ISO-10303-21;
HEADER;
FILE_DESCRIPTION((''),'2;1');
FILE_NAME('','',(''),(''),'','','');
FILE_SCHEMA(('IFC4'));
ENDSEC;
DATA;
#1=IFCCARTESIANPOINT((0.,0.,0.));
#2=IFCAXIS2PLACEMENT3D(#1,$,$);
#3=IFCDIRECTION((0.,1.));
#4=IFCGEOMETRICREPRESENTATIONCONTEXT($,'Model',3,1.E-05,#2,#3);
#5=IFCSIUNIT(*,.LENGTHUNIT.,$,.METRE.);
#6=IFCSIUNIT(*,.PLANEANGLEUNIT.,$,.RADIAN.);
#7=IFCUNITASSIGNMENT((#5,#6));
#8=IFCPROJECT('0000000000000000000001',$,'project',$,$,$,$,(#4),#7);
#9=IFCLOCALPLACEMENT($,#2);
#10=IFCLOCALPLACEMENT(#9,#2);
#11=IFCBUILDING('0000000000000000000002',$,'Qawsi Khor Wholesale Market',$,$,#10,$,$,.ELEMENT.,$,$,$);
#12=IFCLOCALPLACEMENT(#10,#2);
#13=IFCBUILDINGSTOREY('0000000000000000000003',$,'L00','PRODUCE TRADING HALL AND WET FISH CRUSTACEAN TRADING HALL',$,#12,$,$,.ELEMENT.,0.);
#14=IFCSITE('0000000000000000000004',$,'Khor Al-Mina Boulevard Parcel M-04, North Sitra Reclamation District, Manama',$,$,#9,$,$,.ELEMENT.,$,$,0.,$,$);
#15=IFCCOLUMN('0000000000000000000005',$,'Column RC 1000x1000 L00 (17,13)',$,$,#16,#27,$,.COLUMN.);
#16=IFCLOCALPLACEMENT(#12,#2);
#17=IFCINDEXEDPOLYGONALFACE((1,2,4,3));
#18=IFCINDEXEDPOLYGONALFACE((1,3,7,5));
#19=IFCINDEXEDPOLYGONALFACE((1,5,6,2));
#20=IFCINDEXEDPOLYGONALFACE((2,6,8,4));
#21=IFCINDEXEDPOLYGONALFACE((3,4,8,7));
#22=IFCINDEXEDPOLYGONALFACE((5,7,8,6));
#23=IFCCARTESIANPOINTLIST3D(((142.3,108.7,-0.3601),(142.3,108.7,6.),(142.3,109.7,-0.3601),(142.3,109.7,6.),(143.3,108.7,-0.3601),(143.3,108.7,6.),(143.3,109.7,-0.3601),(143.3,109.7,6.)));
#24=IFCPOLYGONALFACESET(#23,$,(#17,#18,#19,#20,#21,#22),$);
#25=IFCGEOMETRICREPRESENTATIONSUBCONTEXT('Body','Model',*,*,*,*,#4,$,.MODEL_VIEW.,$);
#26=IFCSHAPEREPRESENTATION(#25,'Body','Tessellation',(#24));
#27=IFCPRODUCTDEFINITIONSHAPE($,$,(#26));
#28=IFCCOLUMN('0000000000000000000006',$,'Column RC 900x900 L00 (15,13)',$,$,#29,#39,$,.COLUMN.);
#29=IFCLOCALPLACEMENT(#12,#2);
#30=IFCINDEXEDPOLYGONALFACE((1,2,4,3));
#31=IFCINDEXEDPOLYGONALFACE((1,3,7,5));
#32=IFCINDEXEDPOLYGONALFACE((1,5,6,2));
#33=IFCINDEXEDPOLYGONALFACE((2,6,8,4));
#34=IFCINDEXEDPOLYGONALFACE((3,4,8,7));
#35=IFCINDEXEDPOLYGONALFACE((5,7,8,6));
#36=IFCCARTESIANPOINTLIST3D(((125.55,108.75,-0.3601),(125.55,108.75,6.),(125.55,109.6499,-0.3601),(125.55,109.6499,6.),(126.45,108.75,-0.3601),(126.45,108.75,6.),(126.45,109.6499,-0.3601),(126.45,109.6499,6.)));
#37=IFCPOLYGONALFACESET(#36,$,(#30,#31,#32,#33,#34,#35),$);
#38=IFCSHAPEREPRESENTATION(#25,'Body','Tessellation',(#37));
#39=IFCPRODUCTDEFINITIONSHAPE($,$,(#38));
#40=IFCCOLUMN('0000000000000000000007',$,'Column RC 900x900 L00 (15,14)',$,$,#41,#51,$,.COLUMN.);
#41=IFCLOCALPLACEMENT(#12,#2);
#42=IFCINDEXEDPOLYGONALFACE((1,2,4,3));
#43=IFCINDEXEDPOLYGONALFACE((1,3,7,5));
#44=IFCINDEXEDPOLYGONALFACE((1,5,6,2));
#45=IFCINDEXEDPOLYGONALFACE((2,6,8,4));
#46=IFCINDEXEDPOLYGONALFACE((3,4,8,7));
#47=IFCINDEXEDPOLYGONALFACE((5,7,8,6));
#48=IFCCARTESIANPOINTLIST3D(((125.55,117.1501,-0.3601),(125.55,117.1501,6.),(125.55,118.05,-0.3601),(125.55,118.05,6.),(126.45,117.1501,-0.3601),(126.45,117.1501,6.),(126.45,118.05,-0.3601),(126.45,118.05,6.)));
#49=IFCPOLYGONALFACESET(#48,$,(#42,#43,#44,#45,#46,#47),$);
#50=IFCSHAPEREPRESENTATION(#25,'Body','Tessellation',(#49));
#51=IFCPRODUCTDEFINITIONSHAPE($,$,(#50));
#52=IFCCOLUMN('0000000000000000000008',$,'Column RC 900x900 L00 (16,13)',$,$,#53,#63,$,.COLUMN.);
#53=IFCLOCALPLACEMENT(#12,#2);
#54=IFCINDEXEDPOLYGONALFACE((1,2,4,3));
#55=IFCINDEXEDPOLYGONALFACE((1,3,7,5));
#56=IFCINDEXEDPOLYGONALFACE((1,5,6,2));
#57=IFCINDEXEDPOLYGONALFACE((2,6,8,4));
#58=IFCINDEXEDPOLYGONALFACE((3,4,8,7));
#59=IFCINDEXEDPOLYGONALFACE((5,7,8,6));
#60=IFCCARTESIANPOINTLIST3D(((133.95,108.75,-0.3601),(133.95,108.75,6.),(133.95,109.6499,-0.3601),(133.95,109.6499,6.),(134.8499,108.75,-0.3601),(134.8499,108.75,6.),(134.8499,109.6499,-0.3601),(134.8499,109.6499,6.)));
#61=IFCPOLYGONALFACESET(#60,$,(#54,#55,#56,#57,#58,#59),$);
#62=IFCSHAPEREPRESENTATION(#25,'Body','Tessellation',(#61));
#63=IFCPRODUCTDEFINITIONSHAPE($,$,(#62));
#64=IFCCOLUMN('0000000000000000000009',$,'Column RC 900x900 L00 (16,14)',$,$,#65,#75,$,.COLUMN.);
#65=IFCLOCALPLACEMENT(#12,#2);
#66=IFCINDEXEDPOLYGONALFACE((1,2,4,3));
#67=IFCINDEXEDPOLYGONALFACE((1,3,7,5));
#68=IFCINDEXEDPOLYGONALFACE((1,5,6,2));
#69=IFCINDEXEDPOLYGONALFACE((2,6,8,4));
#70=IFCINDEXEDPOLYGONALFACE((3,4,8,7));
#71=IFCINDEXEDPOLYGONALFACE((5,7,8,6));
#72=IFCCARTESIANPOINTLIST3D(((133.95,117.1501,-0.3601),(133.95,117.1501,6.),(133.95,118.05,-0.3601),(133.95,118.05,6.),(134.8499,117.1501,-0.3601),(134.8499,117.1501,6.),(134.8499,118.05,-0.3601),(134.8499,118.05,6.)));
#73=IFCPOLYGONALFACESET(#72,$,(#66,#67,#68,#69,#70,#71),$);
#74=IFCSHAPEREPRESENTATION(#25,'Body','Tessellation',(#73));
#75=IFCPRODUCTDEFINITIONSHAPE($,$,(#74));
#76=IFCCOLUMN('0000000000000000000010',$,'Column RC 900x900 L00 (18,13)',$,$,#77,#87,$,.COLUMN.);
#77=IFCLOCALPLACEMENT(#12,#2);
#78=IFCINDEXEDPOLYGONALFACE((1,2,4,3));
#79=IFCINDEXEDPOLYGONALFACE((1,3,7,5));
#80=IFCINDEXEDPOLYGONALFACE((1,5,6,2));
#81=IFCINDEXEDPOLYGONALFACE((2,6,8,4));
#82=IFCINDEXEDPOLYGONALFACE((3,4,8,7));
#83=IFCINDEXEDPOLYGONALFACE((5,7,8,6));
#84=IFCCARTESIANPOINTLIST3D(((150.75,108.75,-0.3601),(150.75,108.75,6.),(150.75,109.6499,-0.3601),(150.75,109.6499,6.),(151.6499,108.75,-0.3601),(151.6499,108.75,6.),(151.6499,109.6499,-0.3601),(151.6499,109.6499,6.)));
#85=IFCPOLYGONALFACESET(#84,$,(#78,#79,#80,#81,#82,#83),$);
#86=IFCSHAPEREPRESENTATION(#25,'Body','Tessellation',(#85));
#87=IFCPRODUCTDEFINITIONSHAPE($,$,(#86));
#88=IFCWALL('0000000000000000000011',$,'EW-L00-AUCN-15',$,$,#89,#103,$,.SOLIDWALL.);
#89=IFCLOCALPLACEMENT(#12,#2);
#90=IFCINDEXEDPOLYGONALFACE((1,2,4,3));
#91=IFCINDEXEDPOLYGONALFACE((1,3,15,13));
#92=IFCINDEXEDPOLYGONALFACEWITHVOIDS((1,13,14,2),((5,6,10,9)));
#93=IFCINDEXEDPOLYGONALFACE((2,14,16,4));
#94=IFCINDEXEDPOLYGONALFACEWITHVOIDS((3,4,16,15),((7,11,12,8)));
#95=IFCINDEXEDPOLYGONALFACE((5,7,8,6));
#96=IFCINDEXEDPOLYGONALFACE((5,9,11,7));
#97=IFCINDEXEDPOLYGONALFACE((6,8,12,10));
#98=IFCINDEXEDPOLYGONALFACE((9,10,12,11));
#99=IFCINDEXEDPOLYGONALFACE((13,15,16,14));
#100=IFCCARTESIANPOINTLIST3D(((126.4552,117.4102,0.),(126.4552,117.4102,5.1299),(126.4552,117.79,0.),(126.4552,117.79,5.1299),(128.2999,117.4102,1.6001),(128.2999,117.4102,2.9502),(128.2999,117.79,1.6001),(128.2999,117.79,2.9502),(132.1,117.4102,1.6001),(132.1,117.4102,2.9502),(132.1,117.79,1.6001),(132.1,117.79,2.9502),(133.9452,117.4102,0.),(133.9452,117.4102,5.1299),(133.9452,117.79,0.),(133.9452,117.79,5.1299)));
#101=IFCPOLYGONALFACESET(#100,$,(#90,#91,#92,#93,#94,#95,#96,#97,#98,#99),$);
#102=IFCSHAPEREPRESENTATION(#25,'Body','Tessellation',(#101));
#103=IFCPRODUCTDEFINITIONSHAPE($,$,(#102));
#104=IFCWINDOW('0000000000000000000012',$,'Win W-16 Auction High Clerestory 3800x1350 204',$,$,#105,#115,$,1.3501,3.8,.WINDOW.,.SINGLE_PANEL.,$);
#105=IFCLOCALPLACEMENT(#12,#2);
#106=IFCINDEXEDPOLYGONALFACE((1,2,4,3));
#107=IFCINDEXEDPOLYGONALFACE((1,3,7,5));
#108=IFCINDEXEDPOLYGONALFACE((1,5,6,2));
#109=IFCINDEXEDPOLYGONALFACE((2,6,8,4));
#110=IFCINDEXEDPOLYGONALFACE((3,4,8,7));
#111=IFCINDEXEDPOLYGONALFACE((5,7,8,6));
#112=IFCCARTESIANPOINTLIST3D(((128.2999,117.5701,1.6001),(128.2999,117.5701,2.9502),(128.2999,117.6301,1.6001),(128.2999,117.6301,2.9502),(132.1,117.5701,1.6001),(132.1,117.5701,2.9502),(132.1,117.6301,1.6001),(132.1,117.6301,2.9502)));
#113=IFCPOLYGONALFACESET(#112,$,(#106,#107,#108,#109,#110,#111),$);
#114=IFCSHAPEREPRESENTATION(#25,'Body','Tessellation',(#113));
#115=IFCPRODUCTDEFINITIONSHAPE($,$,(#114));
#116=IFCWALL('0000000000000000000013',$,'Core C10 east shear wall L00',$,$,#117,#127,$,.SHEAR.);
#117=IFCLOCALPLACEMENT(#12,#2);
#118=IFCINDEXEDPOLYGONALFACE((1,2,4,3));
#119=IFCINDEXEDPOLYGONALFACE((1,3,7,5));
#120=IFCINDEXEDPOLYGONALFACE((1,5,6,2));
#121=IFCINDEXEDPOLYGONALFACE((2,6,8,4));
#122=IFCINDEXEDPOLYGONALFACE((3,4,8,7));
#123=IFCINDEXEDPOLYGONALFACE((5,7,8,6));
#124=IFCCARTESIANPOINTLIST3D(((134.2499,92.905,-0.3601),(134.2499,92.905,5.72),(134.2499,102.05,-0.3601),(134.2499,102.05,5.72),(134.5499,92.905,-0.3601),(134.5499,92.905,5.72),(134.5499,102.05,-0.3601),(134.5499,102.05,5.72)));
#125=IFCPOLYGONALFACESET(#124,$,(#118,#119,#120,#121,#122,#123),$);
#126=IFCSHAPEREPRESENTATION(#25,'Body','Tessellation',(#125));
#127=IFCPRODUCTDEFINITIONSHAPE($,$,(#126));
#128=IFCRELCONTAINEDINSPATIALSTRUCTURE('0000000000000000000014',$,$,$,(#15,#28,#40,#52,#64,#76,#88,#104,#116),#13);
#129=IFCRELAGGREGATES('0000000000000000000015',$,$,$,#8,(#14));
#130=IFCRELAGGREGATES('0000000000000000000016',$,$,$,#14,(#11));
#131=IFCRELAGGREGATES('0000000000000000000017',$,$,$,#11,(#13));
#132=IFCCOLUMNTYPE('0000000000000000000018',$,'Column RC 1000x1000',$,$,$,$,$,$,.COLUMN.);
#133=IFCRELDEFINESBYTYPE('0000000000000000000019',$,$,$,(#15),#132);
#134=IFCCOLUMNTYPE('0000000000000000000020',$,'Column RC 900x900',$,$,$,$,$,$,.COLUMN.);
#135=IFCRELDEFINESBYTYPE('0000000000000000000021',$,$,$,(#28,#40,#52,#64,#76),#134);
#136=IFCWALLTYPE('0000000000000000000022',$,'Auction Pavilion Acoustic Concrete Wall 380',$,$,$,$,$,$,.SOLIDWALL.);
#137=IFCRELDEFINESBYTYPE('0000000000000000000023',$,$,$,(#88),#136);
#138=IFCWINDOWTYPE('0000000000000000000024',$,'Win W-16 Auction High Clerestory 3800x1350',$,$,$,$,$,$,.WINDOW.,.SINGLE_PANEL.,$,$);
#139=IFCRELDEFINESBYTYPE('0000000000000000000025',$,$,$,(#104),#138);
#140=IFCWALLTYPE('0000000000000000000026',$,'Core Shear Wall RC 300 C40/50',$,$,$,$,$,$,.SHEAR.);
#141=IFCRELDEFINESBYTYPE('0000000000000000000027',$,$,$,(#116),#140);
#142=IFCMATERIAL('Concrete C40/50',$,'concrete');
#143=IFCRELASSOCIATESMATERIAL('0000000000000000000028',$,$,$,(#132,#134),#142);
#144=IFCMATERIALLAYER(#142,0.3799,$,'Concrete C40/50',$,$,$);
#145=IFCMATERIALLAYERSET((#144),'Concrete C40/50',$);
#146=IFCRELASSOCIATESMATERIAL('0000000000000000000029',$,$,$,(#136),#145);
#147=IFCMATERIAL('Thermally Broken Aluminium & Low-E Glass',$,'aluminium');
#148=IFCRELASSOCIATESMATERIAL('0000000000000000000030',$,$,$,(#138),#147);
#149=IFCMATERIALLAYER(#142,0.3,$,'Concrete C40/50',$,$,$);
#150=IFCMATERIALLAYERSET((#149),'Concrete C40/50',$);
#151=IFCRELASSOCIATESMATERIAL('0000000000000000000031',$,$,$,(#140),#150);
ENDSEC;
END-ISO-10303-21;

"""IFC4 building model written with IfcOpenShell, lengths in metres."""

from ifc_helpers import new_model, si_unit, direction, frame, frame_2d, origin, origin_2d, place, context, subcontext, project, spatial, rectangle, extrude, material, layer, layer_set, material_profile, profile_set, type_object, element, fill, save


model = new_model("IFC4")

# Units and contexts
model_context = context("Model", 3, precision=1e-05, world=origin(), true_north=direction((0.0, 1.0)))
body_context = subcontext(model_context, "Body", "Model", "MODEL_VIEW")
ifc_project = project(units=[si_unit("LENGTHUNIT", "METRE"), si_unit("PLANEANGLEUNIT", "RADIAN")], contexts=[model_context])

# Site, building, storey
site_placement = place(None, origin())
site = spatial("IfcSite", under=ifc_project, at=site_placement, Name="Khor Al-Mina Boulevard Parcel M-04, North Sitra Reclamation District, Manama", CompositionType="ELEMENT", RefElevation=0.0)
building_placement = place(site_placement, origin())
building = spatial("IfcBuilding", under=site, at=building_placement, Name="Qawsi Khor Wholesale Market", CompositionType="ELEMENT")
storey_placement = place(building_placement, origin())
storey = spatial("IfcBuildingStorey", under=building, at=storey_placement, Name="L00", Description="PRODUCE TRADING HALL AND WET FISH CRUSTACEAN TRADING HALL", CompositionType="ELEMENT", Elevation=0.0)

# Columns
ifc_material_1 = material(Name="Concrete C40/50", Category="concrete")
ifc_material_profile_1 = material_profile(ifc_material_1, rectangle(XDim=1.0, YDim=1.0, at=origin_2d()), Name="RC 1000x1000")
ifc_profile_set_1 = profile_set([ifc_material_profile_1], Name="Concrete C40/50")
column_type_1 = type_object("IfcColumnType", Name="Column RC 1000x1000", PredefinedType="COLUMN", material=ifc_profile_set_1)
column_placement = place(storey_placement, frame((142.8, 109.2, -0.3601), z_axis=(0.0, 0.0, 1.0), x_axis=(1.0, 0.0, 0.0)))
element("IfcColumn", 1, at=column_placement, inside=storey, type_object=column_type_1, Name="Column RC 1000x1000 L00 (17,13)", PredefinedType="COLUMN", context=body_context, shape_type="SweptSolid", body=[
    extrude(rectangle(XDim=1.0, YDim=1.0, at=origin_2d()), origin(), (0.0, 0.0, 1.0), 6.3601),
])
ifc_material_profile_2 = material_profile(ifc_material_1, rectangle(XDim=0.8999, YDim=0.8999, at=origin_2d()), Name="RC 900x900")
ifc_profile_set_2 = profile_set([ifc_material_profile_2], Name="Concrete C40/50")
column_type_2 = type_object("IfcColumnType", Name="Column RC 900x900", PredefinedType="COLUMN", material=ifc_profile_set_2)
for number, where, z_axis, x_axis, name in (
    (2, (126.0, 109.2, -0.3601), (0.0, 0.0, 1.0), (1.0, 0.0, 0.0), "Column RC 900x900 L00 (15,13)"),
    (3, (126.0, 117.6001, -0.3601), (0.0, 0.0, 1.0), (1.0, 0.0, 0.0), "Column RC 900x900 L00 (15,14)"),
    (4, (134.3999, 109.2, -0.3601), (0.0, 0.0, 1.0), (1.0, 0.0, 0.0), "Column RC 900x900 L00 (16,13)"),
    (5, (134.3999, 117.6001, -0.3601), (0.0, 0.0, 1.0), (1.0, 0.0, 0.0), "Column RC 900x900 L00 (16,14)"),
    (6, (151.2, 109.2, -0.3601), (0.0, 0.0, 1.0), (1.0, 0.0, 0.0), "Column RC 900x900 L00 (18,13)"),
):
    element("IfcColumn", number, at=place(storey_placement, frame(where, z_axis=z_axis, x_axis=x_axis)), inside=storey, type_object=column_type_2, Name=name, PredefinedType="COLUMN", context=body_context, shape_type="SweptSolid", body=[
        extrude(rectangle(XDim=0.8999, YDim=0.8999, at=origin_2d()), origin(), (0.0, 0.0, 1.0), 6.3601),
    ])

# Wall, opening, window
ifc_layer_1 = layer(ifc_material_1, 0.3799, Name="Concrete C40/50")
ifc_layer_set_1 = layer_set([ifc_layer_1], Name="Concrete C40/50")
wall_type_1 = type_object("IfcWallType", Name="Auction Pavilion Acoustic Concrete Wall 380", PredefinedType="SOLIDWALL", material=ifc_layer_set_1)
wall_1_placement = place(storey_placement, frame((126.4551, 117.6001, 0.0), z_axis=(0.0, 0.0, 1.0), x_axis=(1.0, 0.0, 0.0)))
wall_1 = element("IfcWall", 7, at=wall_1_placement, inside=storey, type_object=wall_type_1, Name="EW-L00-AUCN-15", PredefinedType="SOLIDWALL", context=body_context, shape_type="SweptSolid", body=[
    extrude(rectangle(XDim=7.49, YDim=0.3799, at=frame_2d((3.7451, 0.0))), origin(), (0.0, 0.0, 1.0), 5.1299),
])
opening_placement = place(wall_1_placement, frame((1.845, 0.0, 1.6001)))
opening = element("IfcOpeningElement", 8, at=opening_placement, cuts=wall_1, PredefinedType="OPENING", context=body_context, shape_type="SweptSolid", body=[
    extrude(rectangle(XDim=3.8, YDim=1.3501, at=frame_2d((1.8999, 0.675))), frame((0.0, 0.2, 0.0), z_axis=(0.0, -1.0, 0.0), x_axis=(1.0, 0.0, 0.0)), (0.0, 0.0, 1.0), 0.3999),
])
ifc_material_2 = material(Name="Thermally Broken Aluminium & Low-E Glass", Category="aluminium")
window_type = type_object("IfcWindowType", Name="Win W-16 Auction High Clerestory 3800x1350", PartitioningType="SINGLE_PANEL", PredefinedType="WINDOW", material=ifc_material_2)
window_placement = place(opening_placement, origin())
window = element("IfcWindow", 9, at=window_placement, inside=storey, type_object=window_type, Name="Win W-16 Auction High Clerestory 3800x1350 204", OverallHeight=1.3501, OverallWidth=3.8, PartitioningType="SINGLE_PANEL", PredefinedType="WINDOW", context=body_context, shape_type="SweptSolid", body=[
    extrude(rectangle(XDim=3.8, YDim=1.3501, at=frame_2d((1.8999, 0.675))), frame((0.0, 0.03, 0.0), z_axis=(0.0, -1.0, 0.0), x_axis=(1.0, 0.0, 0.0)), (0.0, 0.0, 1.0), 0.0601),
])
fill(opening, window)

# Wall
ifc_layer_2 = layer(ifc_material_1, 0.3, Name="Concrete C40/50")
ifc_layer_set_2 = layer_set([ifc_layer_2], Name="Concrete C40/50")
wall_type_2 = type_object("IfcWallType", Name="Core Shear Wall RC 300 C40/50", PredefinedType="SHEAR", material=ifc_layer_set_2)
wall_2_placement = place(storey_placement, frame((134.3999, 102.05, -0.3601), z_axis=(0.0, 0.0, 1.0), x_axis=(0.0, -1.0, 0.0)))
element("IfcWall", 10, at=wall_2_placement, inside=storey, type_object=wall_type_2, Name="Core C10 east shear wall L00", PredefinedType="SHEAR", context=body_context, shape_type="SweptSolid", body=[
    extrude(rectangle(XDim=9.145, YDim=0.3, at=frame_2d((4.5725, 0.0))), origin(), (0.0, 0.0, 1.0), 6.0801),
])

save(model, "model.ifc")
